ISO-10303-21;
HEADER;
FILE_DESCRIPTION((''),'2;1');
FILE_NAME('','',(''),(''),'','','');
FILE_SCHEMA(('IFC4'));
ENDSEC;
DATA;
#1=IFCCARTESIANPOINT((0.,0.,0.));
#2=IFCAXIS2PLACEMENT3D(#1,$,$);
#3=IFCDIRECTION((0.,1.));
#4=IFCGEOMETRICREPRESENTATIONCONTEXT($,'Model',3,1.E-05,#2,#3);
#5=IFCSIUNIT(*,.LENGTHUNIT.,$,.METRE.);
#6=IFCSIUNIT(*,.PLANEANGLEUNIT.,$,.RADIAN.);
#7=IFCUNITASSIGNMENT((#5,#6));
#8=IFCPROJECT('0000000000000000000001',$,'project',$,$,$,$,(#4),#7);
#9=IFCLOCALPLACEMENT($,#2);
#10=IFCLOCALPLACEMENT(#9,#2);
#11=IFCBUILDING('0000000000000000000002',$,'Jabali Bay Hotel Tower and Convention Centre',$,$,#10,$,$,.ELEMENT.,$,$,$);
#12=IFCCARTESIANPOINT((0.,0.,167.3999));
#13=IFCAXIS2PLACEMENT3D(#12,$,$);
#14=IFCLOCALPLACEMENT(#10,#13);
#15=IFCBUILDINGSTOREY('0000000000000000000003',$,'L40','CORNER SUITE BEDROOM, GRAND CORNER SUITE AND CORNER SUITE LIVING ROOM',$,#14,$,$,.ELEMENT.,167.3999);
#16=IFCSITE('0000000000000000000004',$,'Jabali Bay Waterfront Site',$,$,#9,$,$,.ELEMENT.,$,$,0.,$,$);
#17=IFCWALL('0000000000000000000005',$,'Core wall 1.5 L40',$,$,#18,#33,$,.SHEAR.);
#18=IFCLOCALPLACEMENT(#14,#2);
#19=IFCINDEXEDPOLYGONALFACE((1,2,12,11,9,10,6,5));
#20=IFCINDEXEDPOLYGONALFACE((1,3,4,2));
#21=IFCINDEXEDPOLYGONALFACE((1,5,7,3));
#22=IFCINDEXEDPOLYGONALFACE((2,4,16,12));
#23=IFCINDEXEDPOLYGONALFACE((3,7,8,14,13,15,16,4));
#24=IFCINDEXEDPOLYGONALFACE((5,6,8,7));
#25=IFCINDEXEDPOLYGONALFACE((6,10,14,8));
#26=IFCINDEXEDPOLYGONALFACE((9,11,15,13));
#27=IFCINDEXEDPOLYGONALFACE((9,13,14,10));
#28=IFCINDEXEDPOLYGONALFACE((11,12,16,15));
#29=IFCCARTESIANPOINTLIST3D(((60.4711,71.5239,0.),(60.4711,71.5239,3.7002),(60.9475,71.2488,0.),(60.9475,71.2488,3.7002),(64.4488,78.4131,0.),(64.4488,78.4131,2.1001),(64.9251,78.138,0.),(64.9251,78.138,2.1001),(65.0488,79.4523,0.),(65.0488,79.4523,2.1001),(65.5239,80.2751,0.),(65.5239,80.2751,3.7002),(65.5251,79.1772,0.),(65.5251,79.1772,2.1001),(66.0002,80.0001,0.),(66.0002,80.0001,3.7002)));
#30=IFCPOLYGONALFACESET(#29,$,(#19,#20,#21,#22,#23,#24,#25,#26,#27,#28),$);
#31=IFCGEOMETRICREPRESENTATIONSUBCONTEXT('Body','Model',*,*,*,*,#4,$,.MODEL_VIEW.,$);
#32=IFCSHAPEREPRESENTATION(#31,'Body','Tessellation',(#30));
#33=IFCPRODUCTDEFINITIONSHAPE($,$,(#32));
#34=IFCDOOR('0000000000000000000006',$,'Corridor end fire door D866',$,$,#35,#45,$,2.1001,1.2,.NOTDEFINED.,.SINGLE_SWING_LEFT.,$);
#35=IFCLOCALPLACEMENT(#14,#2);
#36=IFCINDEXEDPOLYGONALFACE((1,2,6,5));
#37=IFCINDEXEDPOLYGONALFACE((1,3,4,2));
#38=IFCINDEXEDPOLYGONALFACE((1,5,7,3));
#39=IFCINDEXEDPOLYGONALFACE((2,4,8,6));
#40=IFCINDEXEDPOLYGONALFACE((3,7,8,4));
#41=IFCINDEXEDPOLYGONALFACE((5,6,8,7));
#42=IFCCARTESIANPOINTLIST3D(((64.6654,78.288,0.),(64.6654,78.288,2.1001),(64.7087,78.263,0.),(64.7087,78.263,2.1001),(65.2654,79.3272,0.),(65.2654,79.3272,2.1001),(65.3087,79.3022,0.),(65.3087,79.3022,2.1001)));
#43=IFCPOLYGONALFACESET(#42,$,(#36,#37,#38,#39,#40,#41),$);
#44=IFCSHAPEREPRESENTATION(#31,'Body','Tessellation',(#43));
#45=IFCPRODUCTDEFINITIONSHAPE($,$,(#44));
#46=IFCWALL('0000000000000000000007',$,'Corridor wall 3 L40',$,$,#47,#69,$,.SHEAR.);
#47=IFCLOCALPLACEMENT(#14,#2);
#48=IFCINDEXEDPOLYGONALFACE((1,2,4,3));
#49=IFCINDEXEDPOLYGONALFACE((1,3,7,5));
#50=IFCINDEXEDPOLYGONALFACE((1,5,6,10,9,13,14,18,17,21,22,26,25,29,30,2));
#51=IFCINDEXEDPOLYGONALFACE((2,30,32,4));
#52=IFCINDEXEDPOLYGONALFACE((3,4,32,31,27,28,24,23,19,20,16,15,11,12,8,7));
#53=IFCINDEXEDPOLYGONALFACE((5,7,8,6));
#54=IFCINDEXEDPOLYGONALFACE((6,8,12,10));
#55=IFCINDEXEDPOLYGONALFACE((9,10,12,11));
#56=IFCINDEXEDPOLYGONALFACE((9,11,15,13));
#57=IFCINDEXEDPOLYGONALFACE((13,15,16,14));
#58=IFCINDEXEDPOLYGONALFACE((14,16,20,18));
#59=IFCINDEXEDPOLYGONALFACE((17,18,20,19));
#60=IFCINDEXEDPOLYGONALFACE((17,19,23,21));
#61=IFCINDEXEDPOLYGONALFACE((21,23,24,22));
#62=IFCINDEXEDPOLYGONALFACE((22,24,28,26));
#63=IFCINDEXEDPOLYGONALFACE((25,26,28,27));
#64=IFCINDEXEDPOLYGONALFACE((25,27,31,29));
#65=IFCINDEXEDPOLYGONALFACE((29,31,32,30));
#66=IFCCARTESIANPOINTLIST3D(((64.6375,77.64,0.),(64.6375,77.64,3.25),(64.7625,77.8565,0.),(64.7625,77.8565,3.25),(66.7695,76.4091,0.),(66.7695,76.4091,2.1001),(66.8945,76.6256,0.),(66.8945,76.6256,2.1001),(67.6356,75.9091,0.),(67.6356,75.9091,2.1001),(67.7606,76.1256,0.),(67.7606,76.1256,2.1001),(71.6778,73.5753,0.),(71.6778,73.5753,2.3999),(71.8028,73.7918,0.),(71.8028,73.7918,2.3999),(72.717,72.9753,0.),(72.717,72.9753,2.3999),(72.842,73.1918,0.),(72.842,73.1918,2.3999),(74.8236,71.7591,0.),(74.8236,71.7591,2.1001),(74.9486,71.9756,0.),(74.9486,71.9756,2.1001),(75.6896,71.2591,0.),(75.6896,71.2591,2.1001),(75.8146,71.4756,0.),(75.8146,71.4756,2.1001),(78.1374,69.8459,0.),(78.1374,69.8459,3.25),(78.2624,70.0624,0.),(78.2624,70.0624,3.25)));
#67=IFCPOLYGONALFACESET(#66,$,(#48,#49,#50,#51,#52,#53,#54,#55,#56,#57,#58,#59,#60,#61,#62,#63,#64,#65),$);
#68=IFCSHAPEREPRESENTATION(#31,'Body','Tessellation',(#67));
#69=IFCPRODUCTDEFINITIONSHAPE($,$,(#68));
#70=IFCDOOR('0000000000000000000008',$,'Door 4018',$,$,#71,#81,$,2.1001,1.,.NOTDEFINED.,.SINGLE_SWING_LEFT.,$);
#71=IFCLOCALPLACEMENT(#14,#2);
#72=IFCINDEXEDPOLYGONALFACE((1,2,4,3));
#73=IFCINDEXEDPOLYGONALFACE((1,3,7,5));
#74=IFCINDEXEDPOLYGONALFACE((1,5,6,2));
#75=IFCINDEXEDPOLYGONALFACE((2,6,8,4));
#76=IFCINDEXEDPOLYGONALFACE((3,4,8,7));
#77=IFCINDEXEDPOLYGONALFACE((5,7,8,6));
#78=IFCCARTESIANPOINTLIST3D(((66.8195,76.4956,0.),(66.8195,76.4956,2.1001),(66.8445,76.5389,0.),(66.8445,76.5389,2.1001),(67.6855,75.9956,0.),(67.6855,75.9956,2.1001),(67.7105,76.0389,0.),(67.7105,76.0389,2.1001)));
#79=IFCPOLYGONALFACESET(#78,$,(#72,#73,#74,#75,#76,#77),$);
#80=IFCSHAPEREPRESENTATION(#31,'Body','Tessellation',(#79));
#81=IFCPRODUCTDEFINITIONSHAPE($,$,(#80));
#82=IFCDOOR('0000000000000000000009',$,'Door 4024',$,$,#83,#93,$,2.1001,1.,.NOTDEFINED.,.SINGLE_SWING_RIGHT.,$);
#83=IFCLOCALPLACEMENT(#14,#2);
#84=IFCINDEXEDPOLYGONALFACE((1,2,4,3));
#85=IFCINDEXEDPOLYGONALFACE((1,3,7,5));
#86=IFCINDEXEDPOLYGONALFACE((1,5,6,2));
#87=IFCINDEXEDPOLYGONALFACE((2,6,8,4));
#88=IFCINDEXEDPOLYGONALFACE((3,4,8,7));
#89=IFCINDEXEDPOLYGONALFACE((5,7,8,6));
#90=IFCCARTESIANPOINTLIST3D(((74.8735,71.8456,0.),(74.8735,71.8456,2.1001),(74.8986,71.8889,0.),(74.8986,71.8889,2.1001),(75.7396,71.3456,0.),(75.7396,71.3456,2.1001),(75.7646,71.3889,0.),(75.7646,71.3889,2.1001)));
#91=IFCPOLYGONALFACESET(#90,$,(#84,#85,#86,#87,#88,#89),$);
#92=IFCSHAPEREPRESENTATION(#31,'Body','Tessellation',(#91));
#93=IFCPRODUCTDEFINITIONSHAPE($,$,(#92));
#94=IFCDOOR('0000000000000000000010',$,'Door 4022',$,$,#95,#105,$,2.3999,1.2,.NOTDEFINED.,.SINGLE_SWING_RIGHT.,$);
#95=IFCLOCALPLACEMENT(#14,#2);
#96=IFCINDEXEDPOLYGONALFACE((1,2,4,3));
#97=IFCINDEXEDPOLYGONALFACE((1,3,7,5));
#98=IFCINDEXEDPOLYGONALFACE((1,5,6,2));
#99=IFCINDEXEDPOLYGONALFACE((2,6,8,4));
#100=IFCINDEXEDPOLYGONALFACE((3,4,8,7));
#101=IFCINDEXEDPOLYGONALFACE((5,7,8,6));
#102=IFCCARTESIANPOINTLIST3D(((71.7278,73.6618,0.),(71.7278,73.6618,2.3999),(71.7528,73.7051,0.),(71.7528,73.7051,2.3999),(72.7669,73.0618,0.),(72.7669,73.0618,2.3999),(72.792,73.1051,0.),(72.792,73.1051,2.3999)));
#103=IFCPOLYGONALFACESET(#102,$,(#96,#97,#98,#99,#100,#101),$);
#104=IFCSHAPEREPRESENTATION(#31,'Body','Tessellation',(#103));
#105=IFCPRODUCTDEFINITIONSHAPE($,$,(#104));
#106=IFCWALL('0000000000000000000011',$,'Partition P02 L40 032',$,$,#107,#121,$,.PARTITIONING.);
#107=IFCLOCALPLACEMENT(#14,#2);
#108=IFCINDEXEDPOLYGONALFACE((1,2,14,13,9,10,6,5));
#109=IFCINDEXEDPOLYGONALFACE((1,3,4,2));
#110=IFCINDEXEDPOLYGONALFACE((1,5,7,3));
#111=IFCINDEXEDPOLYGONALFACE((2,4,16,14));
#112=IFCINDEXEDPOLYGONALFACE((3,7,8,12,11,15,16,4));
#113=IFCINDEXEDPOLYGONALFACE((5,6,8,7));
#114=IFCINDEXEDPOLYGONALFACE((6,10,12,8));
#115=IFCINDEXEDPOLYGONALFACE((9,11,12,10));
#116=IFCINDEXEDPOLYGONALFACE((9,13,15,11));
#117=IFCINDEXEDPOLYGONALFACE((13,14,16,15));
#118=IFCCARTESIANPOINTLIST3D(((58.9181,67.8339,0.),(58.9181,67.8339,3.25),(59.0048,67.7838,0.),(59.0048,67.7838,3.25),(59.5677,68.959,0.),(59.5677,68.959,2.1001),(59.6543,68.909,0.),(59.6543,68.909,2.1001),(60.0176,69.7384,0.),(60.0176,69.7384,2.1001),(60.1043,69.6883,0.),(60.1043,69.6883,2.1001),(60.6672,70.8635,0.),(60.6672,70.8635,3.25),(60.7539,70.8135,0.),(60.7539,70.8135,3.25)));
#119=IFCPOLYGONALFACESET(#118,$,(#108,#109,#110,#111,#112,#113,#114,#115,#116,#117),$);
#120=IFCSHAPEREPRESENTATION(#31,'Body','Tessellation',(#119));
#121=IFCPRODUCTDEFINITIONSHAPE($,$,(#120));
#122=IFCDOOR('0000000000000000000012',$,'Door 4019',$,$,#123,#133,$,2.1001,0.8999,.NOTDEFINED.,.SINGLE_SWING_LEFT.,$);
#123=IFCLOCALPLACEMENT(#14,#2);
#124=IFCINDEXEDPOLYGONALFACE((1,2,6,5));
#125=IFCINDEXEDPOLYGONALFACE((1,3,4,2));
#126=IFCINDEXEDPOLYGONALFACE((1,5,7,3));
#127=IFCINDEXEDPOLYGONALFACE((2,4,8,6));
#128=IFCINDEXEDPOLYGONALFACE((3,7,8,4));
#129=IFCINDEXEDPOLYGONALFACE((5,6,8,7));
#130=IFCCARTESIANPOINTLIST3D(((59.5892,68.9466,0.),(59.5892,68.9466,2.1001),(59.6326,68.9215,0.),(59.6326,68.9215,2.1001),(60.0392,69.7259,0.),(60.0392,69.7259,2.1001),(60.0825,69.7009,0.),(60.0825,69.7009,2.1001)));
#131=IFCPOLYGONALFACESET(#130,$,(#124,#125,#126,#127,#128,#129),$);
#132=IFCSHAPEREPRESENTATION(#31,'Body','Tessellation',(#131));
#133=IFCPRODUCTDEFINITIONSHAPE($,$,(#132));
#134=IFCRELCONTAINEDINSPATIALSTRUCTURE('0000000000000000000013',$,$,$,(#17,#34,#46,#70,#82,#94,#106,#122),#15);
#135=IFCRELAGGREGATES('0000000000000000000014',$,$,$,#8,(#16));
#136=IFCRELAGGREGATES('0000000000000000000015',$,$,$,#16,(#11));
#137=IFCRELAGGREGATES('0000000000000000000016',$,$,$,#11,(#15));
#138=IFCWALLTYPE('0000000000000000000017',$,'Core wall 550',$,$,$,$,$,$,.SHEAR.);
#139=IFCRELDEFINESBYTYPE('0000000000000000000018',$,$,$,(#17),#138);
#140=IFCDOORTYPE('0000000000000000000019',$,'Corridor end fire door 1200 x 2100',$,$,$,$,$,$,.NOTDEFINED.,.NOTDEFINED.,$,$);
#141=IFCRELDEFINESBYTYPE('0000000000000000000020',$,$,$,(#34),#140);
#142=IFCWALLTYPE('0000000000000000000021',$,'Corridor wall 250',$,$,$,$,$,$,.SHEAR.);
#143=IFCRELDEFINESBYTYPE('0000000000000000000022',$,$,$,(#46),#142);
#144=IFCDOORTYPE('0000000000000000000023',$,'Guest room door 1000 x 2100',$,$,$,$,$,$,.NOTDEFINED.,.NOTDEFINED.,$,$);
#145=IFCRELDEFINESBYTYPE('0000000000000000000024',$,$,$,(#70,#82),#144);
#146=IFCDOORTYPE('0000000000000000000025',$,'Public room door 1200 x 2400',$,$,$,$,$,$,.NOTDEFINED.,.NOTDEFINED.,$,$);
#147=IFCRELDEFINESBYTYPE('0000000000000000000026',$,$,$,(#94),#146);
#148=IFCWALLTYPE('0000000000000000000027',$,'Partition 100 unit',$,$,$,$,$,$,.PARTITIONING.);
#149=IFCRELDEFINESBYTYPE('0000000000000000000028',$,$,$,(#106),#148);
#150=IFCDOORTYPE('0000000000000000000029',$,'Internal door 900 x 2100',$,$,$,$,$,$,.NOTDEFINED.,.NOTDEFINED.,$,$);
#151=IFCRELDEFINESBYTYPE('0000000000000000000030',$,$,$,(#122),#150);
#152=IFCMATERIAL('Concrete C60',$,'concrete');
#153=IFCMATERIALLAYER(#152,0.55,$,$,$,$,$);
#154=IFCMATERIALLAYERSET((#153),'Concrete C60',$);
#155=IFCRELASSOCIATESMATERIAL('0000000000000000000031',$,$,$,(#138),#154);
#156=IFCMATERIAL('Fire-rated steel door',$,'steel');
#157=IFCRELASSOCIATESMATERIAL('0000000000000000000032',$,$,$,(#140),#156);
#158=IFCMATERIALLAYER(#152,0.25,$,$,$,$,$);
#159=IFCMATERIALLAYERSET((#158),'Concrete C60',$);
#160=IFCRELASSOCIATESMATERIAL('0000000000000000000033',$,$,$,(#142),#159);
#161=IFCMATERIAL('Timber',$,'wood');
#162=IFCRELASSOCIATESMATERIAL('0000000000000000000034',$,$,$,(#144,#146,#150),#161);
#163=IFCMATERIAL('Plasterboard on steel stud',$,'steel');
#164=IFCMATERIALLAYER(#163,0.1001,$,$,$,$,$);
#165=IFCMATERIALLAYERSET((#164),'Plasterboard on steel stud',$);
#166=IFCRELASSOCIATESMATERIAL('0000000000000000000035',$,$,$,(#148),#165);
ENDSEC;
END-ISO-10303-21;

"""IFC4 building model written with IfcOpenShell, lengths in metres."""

from ifc_helpers import new_model, si_unit, direction, frame, frame_2d, origin, place, context, subcontext, project, spatial, rectangle, extrude, material, layer, layer_set, type_object, element, fill, save


model = new_model("IFC4")

# Units and contexts
model_context = context("Model", 3, precision=1e-05, world=origin(), true_north=direction((0.0, 1.0)))
body_context = subcontext(model_context, "Body", "Model", "MODEL_VIEW")
ifc_project = project(units=[si_unit("LENGTHUNIT", "METRE"), si_unit("PLANEANGLEUNIT", "RADIAN")], contexts=[model_context])

# Site, building, storey
site_placement = place(None, origin())
site = spatial("IfcSite", under=ifc_project, at=site_placement, Name="Jabali Bay Waterfront Site", CompositionType="ELEMENT", RefElevation=0.0)
building_placement = place(site_placement, origin())
building = spatial("IfcBuilding", under=site, at=building_placement, Name="Jabali Bay Hotel Tower and Convention Centre", CompositionType="ELEMENT")
storey_placement = place(building_placement, frame((0.0, 0.0, 167.3999)))
storey = spatial("IfcBuildingStorey", under=building, at=storey_placement, Name="L40", Description="CORNER SUITE BEDROOM, GRAND CORNER SUITE AND CORNER SUITE LIVING ROOM", CompositionType="ELEMENT", Elevation=167.3999)

# Shared definitions
ifc_material_1 = material(Name="Fire-rated steel door", Category="steel")

# Wall, opening, door
ifc_material_2 = material(Name="Concrete C60", Category="concrete")
ifc_layer_1 = layer(ifc_material_2, 0.55)
ifc_layer_set_1 = layer_set([ifc_layer_1], Name="Concrete C60")
wall_type_1 = type_object("IfcWallType", Name="Core wall 550", PredefinedType="SHEAR", material=ifc_layer_set_1)
wall_1_placement = place(storey_placement, frame((60.7092, 71.3862, 0.0), z_axis=(0.0, 0.0, 1.0), x_axis=(0.500016, 0.866016, 0.0)))
wall_1 = element("IfcWall", 1, at=wall_1_placement, inside=storey, type_object=wall_type_1, Name="Core wall 1.5 L40", PredefinedType="SHEAR", context=body_context, shape_type="SweptSolid", body=[
    extrude(rectangle(XDim=10.1052, YDim=0.55, at=frame_2d((5.0527, 0.0))), origin(), (0.0, 0.0, 1.0), 3.7002),
])
opening_1_placement = place(wall_1_placement, frame((7.9551, 0.0, 0.0)))
opening_1 = element("IfcOpeningElement", 2, at=opening_1_placement, cuts=wall_1, PredefinedType="OPENING", context=body_context, shape_type="SweptSolid", body=[
    extrude(rectangle(XDim=1.2, YDim=2.1001, at=frame_2d((0.6001, 1.05))), frame((0.0, 0.2856, 0.0), z_axis=(0.0, -1.0, 0.0), x_axis=(1.0, 0.0, 0.0)), (0.0, 0.0, 1.0), 0.571),
])
door_type_1 = type_object("IfcDoorType", Name="Corridor end fire door 1200 x 2100", OperationType="NOTDEFINED", PredefinedType="NOTDEFINED", material=ifc_material_1)
door_1_placement = place(opening_1_placement, origin())
door_1 = element("IfcDoor", 3, at=door_1_placement, inside=storey, type_object=door_type_1, Name="Corridor end fire door D866", OperationType="SINGLE_SWING_LEFT", OverallHeight=2.1001, OverallWidth=1.2, PredefinedType="NOTDEFINED", context=body_context, shape_type="SweptSolid", body=[
    extrude(rectangle(XDim=1.2, YDim=2.1001, at=frame_2d((0.6001, 1.05))), frame((0.0, 0.0249, 0.0), z_axis=(0.0, -1.0, 0.0), x_axis=(1.0, 0.0, 0.0)), (0.0, 0.0, 1.0), 0.05),
])
fill(opening_1, door_1)

# Wall, openings, doors
ifc_layer_2 = layer(ifc_material_2, 0.25)
ifc_layer_set_2 = layer_set([ifc_layer_2], Name="Concrete C60")
wall_type_2 = type_object("IfcWallType", Name="Corridor wall 250", PredefinedType="SHEAR", material=ifc_layer_set_2)
wall_2_placement = place(storey_placement, frame((64.7, 77.7483, 0.0), z_axis=(0.0, 0.0, 1.0), x_axis=(0.866026, -0.499998, 0.0)))
wall_2 = element("IfcWall", 4, at=wall_2_placement, inside=storey, type_object=wall_type_2, Name="Corridor wall 3 L40", PredefinedType="SHEAR", context=body_context, shape_type="SweptSolid", body=[
    extrude(rectangle(XDim=15.5884, YDim=0.25, at=frame_2d((7.7942, 0.0))), origin(), (0.0, 0.0, 1.0), 3.25),
])
opening_2_placement = place(wall_2_placement, frame((2.4619, 0.0, 0.0)))
opening_2 = element("IfcOpeningElement", 5, at=opening_2_placement, cuts=wall_2, PredefinedType="OPENING", context=body_context, shape_type="SweptSolid", body=[
    extrude(rectangle(XDim=1.0, YDim=2.1001, at=frame_2d((0.5, 1.05))), frame((0.0, 0.1355, 0.0), z_axis=(0.0, -1.0, 0.0), x_axis=(1.0, 0.0, 0.0)), (0.0, 0.0, 1.0), 0.271),
])
opening_3_placement = place(wall_2_placement, frame((8.1294, 0.0, 0.0)))
opening_3 = element("IfcOpeningElement", 6, at=opening_3_placement, cuts=wall_2, PredefinedType="OPENING", context=body_context, shape_type="SweptSolid", body=[
    extrude(rectangle(XDim=1.2, YDim=2.3999, at=frame_2d((0.6001, 1.2))), frame((0.0, 0.1355, 0.0), z_axis=(0.0, -1.0, 0.0), x_axis=(1.0, 0.0, 0.0)), (0.0, 0.0, 1.0), 0.271),
])
opening_4_placement = place(wall_2_placement, frame((11.762, 0.0, 0.0)))
opening_4 = element("IfcOpeningElement", 7, at=opening_4_placement, cuts=wall_2, PredefinedType="OPENING", context=body_context, shape_type="SweptSolid", body=[
    extrude(rectangle(XDim=1.0, YDim=2.1001, at=frame_2d((0.5, 1.05))), frame((0.0, 0.1355, 0.0), z_axis=(0.0, -1.0, 0.0), x_axis=(1.0, 0.0, 0.0)), (0.0, 0.0, 1.0), 0.271),
])
ifc_material_3 = material(Name="Timber", Category="wood")
door_type_2 = type_object("IfcDoorType", Name="Guest room door 1000 x 2100", OperationType="NOTDEFINED", PredefinedType="NOTDEFINED", material=ifc_material_3)
door_2_placement = place(opening_2_placement, origin())
door_2 = element("IfcDoor", 8, at=door_2_placement, inside=storey, type_object=door_type_2, Name="Door 4018", OperationType="SINGLE_SWING_LEFT", OverallHeight=2.1001, OverallWidth=1.0, PredefinedType="NOTDEFINED", context=body_context, shape_type="SweptSolid", body=[
    extrude(rectangle(XDim=1.0, YDim=2.1001, at=frame_2d((0.5, 1.05))), frame((0.0, 0.0249, 0.0), z_axis=(0.0, -1.0, 0.0), x_axis=(1.0, 0.0, 0.0)), (0.0, 0.0, 1.0), 0.05),
])
fill(opening_2, door_2)
door_3_placement = place(opening_4_placement, origin())
door_3 = element("IfcDoor", 9, at=door_3_placement, inside=storey, type_object=door_type_2, Name="Door 4024", OperationType="SINGLE_SWING_RIGHT", OverallHeight=2.1001, OverallWidth=1.0, PredefinedType="NOTDEFINED", context=body_context, shape_type="SweptSolid", body=[
    extrude(rectangle(XDim=1.0, YDim=2.1001, at=frame_2d((0.5, 1.05))), frame((0.0, 0.0249, 0.0), z_axis=(0.0, -1.0, 0.0), x_axis=(1.0, 0.0, 0.0)), (0.0, 0.0, 1.0), 0.05),
])
fill(opening_4, door_3)
door_type_3 = type_object("IfcDoorType", Name="Public room door 1200 x 2400", OperationType="NOTDEFINED", PredefinedType="NOTDEFINED", material=ifc_material_3)
door_4_placement = place(opening_3_placement, origin())
door_4 = element("IfcDoor", 10, at=door_4_placement, inside=storey, type_object=door_type_3, Name="Door 4022", OperationType="SINGLE_SWING_RIGHT", OverallHeight=2.3999, OverallWidth=1.2, PredefinedType="NOTDEFINED", context=body_context, shape_type="SweptSolid", body=[
    extrude(rectangle(XDim=1.2, YDim=2.3999, at=frame_2d((0.6001, 1.2))), frame((0.0, 0.0249, 0.0), z_axis=(0.0, -1.0, 0.0), x_axis=(1.0, 0.0, 0.0)), (0.0, 0.0, 1.0), 0.05),
])
fill(opening_3, door_4)

# Wall, opening, door
ifc_material_4 = material(Name="Plasterboard on steel stud", Category="steel")
ifc_layer_3 = layer(ifc_material_4, 0.1001)
ifc_layer_set_3 = layer_set([ifc_layer_3], Name="Plasterboard on steel stud")
wall_type_3 = type_object("IfcWallType", Name="Partition 100 unit", PredefinedType="PARTITIONING", material=ifc_layer_set_3)
wall_3_placement = place(storey_placement, frame((60.7104, 70.8384, 0.0), z_axis=(0.0, 0.0, 1.0), x_axis=(-0.499982, -0.866036, 0.0)))
wall_3 = element("IfcWall", 11, at=wall_3_placement, inside=storey, type_object=wall_type_3, Name="Partition P02 L40 032", PredefinedType="PARTITIONING", context=body_context, shape_type="SweptSolid", body=[
    extrude(rectangle(XDim=3.4983, YDim=0.1001, at=frame_2d((1.749, 0.0))), origin(), (0.0, 0.0, 1.0), 3.25),
])
opening_5_placement = place(wall_3_placement, frame((1.2991, 0.0, 0.0)))
opening_5 = element("IfcOpeningElement", 12, at=opening_5_placement, cuts=wall_3, PredefinedType="OPENING", context=body_context, shape_type="SweptSolid", body=[
    extrude(rectangle(XDim=0.8999, YDim=2.1001, at=frame_2d((0.45, 1.05))), frame((0.0, 0.0605, 0.0), z_axis=(0.0, -1.0, 0.0), x_axis=(1.0, 0.0, 0.0)), (0.0, 0.0, 1.0), 0.1211),
])
door_type_4 = type_object("IfcDoorType", Name="Internal door 900 x 2100", OperationType="NOTDEFINED", PredefinedType="NOTDEFINED", material=ifc_material_3)
door_5_placement = place(opening_5_placement, origin())
door_5 = element("IfcDoor", 13, at=door_5_placement, inside=storey, type_object=door_type_4, Name="Door 4019", OperationType="SINGLE_SWING_LEFT", OverallHeight=2.1001, OverallWidth=0.8999, PredefinedType="NOTDEFINED", context=body_context, shape_type="SweptSolid", body=[
    extrude(rectangle(XDim=0.8999, YDim=2.1001, at=frame_2d((0.45, 1.05))), frame((0.0, 0.0249, 0.0), z_axis=(0.0, -1.0, 0.0), x_axis=(1.0, 0.0, 0.0)), (0.0, 0.0, 1.0), 0.05),
])
fill(opening_5, door_5)

save(model, "model.ifc")
